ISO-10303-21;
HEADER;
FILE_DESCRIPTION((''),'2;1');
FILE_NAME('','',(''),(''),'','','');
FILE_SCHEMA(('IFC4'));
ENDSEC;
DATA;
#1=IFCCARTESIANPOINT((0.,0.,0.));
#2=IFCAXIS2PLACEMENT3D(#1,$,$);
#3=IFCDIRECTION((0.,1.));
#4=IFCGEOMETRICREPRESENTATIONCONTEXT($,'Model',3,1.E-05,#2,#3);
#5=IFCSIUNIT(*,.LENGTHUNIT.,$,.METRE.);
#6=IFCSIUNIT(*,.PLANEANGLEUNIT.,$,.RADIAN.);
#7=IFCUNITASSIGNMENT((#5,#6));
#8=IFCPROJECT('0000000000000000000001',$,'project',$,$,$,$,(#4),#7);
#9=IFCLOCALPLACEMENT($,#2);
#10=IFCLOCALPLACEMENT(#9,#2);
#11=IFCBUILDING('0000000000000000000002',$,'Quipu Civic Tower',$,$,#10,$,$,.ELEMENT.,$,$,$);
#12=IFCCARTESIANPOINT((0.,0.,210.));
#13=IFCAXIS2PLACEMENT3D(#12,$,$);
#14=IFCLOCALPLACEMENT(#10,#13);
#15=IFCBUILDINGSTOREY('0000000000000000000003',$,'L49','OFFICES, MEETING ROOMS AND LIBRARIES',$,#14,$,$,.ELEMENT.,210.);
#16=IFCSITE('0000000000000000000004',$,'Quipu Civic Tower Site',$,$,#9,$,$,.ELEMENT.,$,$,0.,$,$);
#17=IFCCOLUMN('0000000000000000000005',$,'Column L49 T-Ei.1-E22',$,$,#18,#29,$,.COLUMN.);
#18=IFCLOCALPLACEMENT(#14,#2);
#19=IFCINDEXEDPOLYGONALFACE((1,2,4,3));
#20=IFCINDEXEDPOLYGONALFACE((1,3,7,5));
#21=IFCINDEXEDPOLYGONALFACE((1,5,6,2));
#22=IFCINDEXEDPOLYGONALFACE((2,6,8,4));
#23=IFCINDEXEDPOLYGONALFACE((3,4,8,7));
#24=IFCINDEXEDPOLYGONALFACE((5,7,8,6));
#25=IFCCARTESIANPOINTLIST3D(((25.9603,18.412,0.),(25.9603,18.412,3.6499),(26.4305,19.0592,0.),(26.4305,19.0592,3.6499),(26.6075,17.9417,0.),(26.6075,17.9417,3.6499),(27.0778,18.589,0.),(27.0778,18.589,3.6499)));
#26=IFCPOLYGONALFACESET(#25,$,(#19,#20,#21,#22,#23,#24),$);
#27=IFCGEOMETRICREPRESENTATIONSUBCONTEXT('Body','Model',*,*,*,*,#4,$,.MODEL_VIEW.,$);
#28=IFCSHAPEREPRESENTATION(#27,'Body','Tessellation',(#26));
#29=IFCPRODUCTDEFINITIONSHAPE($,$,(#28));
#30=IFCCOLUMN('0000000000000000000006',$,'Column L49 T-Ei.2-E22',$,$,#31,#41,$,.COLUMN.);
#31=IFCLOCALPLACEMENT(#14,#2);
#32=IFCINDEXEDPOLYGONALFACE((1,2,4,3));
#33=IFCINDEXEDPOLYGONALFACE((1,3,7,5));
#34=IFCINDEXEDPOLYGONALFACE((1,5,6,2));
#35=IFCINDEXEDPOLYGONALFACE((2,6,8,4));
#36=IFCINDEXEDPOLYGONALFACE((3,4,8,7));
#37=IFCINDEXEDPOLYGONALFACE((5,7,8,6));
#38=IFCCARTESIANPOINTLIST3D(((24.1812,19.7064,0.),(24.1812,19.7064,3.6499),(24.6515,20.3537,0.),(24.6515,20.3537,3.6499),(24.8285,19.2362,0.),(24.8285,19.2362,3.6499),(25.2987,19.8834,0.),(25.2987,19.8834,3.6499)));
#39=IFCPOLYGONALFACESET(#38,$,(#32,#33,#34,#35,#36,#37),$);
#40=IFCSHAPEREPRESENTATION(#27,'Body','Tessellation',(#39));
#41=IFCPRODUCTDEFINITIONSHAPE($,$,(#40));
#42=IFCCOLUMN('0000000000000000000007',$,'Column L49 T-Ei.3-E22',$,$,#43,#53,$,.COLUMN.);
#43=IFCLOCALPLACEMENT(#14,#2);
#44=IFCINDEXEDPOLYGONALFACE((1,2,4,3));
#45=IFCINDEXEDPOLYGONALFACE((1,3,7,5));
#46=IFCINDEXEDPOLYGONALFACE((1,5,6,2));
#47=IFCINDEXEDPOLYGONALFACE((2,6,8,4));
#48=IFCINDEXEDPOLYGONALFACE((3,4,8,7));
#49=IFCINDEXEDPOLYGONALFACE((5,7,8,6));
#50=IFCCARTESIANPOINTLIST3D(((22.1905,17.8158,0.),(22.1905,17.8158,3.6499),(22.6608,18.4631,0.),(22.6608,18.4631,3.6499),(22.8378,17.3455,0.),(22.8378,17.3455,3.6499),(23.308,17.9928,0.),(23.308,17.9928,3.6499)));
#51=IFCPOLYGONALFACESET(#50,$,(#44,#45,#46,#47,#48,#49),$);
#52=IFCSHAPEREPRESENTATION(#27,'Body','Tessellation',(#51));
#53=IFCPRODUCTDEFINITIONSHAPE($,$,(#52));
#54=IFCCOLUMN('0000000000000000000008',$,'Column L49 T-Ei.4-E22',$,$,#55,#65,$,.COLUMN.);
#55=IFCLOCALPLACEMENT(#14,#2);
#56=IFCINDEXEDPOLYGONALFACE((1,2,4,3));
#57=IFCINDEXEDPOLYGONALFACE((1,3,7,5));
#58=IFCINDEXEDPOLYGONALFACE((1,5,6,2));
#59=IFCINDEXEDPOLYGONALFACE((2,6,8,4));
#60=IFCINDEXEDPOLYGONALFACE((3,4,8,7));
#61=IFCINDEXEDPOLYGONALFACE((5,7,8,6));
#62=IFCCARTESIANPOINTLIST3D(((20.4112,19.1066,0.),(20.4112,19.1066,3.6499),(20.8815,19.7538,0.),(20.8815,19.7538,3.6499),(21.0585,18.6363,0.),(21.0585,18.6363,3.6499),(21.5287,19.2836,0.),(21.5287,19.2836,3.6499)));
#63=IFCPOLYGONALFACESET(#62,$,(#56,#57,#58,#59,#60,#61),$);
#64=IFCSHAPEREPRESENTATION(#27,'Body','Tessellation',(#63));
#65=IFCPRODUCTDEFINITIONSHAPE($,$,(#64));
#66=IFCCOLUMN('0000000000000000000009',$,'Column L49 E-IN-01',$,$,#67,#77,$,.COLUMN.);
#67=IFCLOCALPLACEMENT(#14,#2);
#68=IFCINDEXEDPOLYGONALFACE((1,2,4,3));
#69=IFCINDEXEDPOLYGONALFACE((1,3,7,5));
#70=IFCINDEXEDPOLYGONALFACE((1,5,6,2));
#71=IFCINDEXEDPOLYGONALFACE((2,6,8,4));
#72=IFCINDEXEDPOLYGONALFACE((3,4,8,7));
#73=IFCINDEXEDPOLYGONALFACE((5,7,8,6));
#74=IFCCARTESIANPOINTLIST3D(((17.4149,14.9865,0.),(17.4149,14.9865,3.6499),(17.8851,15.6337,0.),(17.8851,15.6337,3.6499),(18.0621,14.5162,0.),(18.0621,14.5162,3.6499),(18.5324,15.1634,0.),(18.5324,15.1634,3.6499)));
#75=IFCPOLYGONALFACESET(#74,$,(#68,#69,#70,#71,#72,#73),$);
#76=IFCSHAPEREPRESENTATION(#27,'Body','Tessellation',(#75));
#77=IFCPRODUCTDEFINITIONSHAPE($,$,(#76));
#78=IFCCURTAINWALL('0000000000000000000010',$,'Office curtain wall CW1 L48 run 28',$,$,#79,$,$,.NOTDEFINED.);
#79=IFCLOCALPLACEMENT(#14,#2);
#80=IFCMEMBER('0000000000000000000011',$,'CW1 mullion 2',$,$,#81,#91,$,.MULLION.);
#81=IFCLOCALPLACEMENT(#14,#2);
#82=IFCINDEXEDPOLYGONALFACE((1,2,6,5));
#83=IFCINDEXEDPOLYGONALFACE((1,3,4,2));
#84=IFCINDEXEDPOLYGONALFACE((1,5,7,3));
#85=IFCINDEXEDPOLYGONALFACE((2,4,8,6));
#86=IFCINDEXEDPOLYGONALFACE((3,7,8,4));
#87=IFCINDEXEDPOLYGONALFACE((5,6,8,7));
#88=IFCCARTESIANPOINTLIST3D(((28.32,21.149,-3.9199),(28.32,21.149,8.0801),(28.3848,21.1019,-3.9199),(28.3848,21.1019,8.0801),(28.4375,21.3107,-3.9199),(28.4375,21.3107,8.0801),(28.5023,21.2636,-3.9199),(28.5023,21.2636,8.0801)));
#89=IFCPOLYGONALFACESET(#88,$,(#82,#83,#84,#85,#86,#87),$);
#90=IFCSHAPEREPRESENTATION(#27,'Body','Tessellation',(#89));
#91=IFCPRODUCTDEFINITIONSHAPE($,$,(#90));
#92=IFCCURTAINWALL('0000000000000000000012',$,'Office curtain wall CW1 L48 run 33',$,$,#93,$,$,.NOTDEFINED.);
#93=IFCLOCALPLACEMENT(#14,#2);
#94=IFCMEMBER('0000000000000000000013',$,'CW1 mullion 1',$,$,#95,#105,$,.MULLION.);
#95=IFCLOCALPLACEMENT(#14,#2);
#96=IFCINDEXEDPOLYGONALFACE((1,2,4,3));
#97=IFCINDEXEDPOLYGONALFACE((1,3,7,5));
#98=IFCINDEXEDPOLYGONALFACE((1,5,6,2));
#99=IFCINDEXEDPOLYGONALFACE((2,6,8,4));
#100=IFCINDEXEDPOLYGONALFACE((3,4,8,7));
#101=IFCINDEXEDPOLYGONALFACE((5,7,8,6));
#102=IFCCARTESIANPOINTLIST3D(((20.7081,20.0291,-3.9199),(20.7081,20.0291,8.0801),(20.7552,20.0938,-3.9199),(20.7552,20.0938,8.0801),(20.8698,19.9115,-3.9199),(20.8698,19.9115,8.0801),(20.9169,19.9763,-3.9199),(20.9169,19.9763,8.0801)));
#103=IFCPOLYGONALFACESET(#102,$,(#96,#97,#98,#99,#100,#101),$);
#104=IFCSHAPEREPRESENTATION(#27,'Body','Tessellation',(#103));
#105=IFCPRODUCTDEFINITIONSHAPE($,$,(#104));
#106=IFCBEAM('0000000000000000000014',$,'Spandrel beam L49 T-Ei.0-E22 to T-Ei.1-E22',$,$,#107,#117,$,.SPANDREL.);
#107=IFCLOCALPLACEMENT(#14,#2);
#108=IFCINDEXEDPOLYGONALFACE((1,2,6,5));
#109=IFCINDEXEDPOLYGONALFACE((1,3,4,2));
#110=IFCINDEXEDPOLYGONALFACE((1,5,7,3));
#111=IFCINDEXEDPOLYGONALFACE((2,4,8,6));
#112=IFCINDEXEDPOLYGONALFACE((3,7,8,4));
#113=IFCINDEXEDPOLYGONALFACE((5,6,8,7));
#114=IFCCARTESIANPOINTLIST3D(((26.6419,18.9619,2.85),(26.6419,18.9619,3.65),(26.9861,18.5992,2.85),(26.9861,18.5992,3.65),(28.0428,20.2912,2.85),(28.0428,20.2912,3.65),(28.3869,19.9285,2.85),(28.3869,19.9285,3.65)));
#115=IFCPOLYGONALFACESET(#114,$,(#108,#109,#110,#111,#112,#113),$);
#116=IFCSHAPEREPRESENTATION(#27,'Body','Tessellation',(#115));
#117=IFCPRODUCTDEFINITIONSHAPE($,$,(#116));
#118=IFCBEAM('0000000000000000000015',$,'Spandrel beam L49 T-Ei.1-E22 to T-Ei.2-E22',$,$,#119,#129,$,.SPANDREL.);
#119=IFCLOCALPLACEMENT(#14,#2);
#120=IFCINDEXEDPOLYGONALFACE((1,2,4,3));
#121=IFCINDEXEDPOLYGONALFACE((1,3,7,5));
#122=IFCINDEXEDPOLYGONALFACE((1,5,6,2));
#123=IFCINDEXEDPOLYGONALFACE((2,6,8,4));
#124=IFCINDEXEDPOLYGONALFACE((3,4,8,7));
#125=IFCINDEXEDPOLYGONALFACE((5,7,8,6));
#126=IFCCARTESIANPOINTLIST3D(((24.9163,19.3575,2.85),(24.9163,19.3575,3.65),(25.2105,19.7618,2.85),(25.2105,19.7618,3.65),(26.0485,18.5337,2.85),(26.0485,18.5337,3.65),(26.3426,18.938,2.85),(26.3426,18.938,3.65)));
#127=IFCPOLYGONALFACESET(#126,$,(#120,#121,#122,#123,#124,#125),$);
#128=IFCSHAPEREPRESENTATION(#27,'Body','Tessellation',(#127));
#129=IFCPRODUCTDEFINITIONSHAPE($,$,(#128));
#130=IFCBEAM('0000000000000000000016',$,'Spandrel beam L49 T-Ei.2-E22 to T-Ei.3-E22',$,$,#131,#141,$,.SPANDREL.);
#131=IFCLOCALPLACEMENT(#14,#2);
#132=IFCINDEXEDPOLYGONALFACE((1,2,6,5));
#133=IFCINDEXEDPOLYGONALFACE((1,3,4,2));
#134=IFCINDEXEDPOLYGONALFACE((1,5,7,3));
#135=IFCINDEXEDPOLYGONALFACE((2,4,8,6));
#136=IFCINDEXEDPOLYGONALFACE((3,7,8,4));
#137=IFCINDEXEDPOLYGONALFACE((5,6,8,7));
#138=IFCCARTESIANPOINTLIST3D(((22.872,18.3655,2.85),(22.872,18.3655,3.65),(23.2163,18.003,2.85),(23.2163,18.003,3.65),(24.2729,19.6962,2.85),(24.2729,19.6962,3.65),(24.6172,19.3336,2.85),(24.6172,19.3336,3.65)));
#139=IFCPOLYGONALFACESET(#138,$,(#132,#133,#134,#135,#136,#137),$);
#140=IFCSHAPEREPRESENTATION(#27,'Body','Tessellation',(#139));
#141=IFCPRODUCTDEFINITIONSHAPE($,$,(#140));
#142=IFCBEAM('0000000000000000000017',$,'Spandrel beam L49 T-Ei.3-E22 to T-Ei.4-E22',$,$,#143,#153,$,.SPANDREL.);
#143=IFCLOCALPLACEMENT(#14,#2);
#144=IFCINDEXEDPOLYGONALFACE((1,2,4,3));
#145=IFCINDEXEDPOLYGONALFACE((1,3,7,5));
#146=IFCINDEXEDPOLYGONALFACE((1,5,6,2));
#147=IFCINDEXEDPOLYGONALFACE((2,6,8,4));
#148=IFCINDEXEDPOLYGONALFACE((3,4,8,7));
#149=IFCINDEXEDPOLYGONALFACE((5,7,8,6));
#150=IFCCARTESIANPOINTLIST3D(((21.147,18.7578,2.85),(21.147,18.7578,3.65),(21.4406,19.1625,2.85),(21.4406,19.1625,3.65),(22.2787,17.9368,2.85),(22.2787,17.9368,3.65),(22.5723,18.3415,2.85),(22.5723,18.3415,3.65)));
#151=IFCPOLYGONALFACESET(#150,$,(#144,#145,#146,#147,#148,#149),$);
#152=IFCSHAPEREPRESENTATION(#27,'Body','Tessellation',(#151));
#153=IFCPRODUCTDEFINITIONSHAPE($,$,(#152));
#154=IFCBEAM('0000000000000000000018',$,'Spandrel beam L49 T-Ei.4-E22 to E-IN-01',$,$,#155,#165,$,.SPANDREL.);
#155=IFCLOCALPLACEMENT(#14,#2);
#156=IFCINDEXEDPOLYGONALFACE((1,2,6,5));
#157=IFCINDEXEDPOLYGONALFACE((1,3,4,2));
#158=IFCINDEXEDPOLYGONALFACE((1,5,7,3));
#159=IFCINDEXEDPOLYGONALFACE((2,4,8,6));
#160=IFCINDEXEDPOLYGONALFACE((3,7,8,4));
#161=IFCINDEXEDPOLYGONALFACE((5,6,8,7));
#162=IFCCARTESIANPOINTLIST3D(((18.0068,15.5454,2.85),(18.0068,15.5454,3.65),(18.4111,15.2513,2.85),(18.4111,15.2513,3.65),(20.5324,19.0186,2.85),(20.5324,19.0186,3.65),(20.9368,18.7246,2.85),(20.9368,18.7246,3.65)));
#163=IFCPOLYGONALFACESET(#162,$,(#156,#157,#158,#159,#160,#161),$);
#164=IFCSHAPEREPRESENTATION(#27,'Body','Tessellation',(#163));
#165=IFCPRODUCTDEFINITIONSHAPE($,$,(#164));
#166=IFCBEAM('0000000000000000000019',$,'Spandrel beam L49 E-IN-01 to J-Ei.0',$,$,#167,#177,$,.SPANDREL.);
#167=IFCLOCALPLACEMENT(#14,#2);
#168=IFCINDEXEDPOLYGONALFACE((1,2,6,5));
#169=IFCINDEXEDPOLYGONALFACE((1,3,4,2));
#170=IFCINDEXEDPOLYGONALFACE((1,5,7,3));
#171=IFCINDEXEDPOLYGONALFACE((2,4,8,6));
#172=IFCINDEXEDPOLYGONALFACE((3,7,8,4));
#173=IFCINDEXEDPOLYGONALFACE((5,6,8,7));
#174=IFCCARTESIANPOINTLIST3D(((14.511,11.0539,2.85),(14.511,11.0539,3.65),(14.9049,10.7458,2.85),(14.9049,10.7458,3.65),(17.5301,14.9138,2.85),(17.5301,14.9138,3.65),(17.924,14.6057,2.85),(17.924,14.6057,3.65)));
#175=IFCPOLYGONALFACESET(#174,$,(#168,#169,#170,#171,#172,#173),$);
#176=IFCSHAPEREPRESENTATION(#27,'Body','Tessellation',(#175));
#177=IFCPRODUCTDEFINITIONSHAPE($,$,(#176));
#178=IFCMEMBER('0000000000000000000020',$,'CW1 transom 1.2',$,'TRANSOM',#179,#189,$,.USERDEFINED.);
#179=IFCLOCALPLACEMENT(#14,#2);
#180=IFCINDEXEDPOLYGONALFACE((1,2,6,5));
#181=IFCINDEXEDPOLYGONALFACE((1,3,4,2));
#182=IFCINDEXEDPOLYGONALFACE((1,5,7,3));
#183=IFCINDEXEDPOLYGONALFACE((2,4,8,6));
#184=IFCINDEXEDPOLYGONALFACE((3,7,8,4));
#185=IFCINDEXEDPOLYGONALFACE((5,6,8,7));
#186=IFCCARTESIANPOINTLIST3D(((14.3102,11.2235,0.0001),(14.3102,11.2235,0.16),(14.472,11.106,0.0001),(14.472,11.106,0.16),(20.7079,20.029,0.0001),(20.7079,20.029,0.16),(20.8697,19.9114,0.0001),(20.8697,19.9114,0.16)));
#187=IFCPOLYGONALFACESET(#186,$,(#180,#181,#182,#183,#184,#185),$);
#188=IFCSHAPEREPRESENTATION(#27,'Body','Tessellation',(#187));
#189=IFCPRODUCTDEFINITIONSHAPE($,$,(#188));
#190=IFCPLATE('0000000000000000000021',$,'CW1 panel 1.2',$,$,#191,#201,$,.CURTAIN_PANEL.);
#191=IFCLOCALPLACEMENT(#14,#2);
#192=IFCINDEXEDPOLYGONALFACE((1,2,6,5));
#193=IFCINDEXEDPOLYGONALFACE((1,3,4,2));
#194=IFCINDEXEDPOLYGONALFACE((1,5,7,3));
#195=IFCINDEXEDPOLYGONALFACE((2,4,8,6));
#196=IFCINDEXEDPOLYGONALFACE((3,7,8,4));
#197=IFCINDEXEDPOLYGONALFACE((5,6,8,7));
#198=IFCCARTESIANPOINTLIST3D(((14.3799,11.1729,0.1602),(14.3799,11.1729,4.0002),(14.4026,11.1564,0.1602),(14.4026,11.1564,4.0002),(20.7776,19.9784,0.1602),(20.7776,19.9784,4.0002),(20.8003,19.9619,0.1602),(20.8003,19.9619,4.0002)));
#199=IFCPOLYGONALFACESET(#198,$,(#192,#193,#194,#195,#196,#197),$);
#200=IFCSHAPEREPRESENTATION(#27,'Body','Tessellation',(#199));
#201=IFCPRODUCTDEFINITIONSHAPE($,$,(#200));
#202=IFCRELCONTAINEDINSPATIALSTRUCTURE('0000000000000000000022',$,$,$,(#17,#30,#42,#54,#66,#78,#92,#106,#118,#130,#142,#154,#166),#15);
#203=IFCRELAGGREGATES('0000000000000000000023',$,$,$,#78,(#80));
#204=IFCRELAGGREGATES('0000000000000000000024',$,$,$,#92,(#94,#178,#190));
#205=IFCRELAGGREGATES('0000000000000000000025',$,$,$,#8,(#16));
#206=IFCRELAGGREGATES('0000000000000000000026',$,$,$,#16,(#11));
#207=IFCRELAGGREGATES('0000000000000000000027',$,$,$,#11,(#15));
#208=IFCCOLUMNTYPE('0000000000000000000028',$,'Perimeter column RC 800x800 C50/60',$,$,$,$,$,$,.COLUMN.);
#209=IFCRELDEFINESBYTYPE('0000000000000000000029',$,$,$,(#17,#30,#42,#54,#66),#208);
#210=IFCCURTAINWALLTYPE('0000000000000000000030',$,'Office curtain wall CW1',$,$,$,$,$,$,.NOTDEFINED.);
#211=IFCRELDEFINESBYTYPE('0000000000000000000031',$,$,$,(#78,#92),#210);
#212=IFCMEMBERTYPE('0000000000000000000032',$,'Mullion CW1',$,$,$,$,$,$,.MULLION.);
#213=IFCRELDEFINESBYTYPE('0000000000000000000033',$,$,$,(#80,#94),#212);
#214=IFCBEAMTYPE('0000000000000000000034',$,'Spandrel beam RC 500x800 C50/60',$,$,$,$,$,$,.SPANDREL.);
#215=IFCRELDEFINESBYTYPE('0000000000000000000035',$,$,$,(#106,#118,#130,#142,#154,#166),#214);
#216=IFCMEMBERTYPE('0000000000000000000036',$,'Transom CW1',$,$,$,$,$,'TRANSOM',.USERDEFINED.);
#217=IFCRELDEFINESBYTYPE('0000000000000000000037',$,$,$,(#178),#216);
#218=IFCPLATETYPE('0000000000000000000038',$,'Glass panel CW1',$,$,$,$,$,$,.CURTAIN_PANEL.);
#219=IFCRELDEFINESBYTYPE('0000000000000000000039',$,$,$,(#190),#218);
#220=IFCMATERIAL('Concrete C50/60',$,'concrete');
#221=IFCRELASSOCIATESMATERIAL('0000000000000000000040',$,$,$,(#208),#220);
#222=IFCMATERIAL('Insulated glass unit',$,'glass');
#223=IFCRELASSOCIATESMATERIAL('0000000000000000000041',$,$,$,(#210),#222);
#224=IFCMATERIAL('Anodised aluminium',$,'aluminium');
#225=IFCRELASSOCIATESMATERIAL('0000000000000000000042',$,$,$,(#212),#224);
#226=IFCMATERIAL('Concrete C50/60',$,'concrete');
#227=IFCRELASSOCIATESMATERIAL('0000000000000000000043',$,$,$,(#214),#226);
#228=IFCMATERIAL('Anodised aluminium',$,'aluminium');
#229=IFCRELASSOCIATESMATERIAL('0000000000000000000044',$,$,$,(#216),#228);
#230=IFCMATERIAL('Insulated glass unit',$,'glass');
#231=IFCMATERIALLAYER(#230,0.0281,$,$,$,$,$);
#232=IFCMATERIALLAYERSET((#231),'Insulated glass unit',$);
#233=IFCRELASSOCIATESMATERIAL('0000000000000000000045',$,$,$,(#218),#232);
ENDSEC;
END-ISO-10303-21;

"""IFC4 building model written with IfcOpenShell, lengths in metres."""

from ifc_helpers import new_model, si_unit, direction, frame, origin, origin_2d, place, context, subcontext, project, spatial, rectangle, extrude, material, layer, layer_set, material_profile, profile_set, type_object, element, aggregate, save


model = new_model("IFC4")

# Units and contexts
model_context = context("Model", 3, precision=1e-05, world=origin(), true_north=direction((0.0, 1.0)))
body_context = subcontext(model_context, "Body", "Model", "MODEL_VIEW")
ifc_project = project(units=[si_unit("LENGTHUNIT", "METRE"), si_unit("PLANEANGLEUNIT", "RADIAN")], contexts=[model_context])

# Site, building, storey
site_placement = place(None, origin())
site = spatial("IfcSite", under=ifc_project, at=site_placement, Name="Quipu Civic Tower Site", CompositionType="ELEMENT", RefElevation=0.0)
building_placement = place(site_placement, origin())
building = spatial("IfcBuilding", under=site, at=building_placement, Name="Quipu Civic Tower", CompositionType="ELEMENT")
storey_placement = place(building_placement, frame((0.0, 0.0, 210.0)))
storey = spatial("IfcBuildingStorey", under=building, at=storey_placement, Name="L49", Description="OFFICES, MEETING ROOMS AND LIBRARIES", CompositionType="ELEMENT", Elevation=210.0)

# Columns
ifc_material_1 = material(Name="Concrete C50/60", Category="concrete")
ifc_material_profile_1 = material_profile(ifc_material_1, rectangle(XDim=0.8, YDim=0.8, at=origin_2d()), Name="RC800x800")
ifc_profile_set_1 = profile_set([ifc_material_profile_1], Name="Concrete C50/60")
column_type = type_object("IfcColumnType", Name="Perimeter column RC 800x800 C50/60", PredefinedType="COLUMN", material=ifc_profile_set_1)
for number, where, z_axis, x_axis, name in (
    (1, (26.519, 18.5005, 0.0), (0.0, 0.0, 1.0), (-0.809017, 0.587785, 0.0), "Column L49 T-Ei.1-E22"),
    (2, (24.74, 19.7949, 0.0), (0.0, 0.0, 1.0), (-0.587785, -0.809017, 0.0), "Column L49 T-Ei.2-E22"),
    (3, (22.7493, 17.9043, 0.0), (0.0, 0.0, 1.0), (-0.587785, -0.809017, 0.0), "Column L49 T-Ei.3-E22"),
    (4, (20.97, 19.1951, 0.0), (0.0, 0.0, 1.0), (-0.587785, -0.809017, 0.0), "Column L49 T-Ei.4-E22"),
    (5, (17.9736, 15.075, 0.0), (0.0, 0.0, 1.0), (-0.587785, -0.809017, 0.0), "Column L49 E-IN-01"),
):
    element("IfcColumn", number, at=place(storey_placement, frame(where, z_axis=z_axis, x_axis=x_axis)), inside=storey, type_object=column_type, Name=name, PredefinedType="COLUMN", context=body_context, shape_type="SweptSolid", body=[
        extrude(rectangle(XDim=0.8, YDim=0.8, at=origin_2d()), origin(), (0.0, 0.0, 1.0), 3.6499),
    ])

# Curtain walls, members
ifc_material_2 = material(Name="Insulated glass unit", Category="glass")
curtain_wall_type = type_object("IfcCurtainWallType", Name="Office curtain wall CW1", PredefinedType="NOTDEFINED", material=ifc_material_2)
curtain_wall_1_placement = place(storey_placement, origin())
curtain_wall_1 = element("IfcCurtainWall", 6, at=curtain_wall_1_placement, inside=storey, type_object=curtain_wall_type, Name="Office curtain wall CW1 L48 run 28", PredefinedType="NOTDEFINED")
ifc_material_3 = material(Name="Anodised aluminium", Category="aluminium")
ifc_material_profile_2 = material_profile(ifc_material_3, rectangle(XDim=0.2, YDim=0.0801, at=origin_2d()), Name="RECT 200x80")
ifc_profile_set_2 = profile_set([ifc_material_profile_2], Name="Anodised aluminium")
member_type_1 = type_object("IfcMemberType", Name="Mullion CW1", PredefinedType="MULLION", material=ifc_profile_set_2)
member_1_placement = place(storey_placement, frame((28.4111, 21.2063, -3.9199), z_axis=(0.0, 0.0, 1.0), x_axis=(-0.587788, -0.809015, 0.0)))
member_1 = element("IfcMember", 7, at=member_1_placement, type_object=member_type_1, Name="CW1 mullion 2", PredefinedType="MULLION", context=body_context, shape_type="SweptSolid", body=[
    extrude(rectangle(XDim=0.2, YDim=0.0801, at=origin_2d()), origin(), (0.0, 0.0, 1.0), 12.0),
])
aggregate(curtain_wall_1, [member_1])
curtain_wall_2_placement = place(storey_placement, origin())
curtain_wall_2 = element("IfcCurtainWall", 8, at=curtain_wall_2_placement, inside=storey, type_object=curtain_wall_type, Name="Office curtain wall CW1 L48 run 33", PredefinedType="NOTDEFINED")
member_2_placement = place(storey_placement, frame((20.8125, 20.0027, -3.9199), z_axis=(0.0, 0.0, 1.0), x_axis=(0.809015, -0.587788, 0.0)))
member_2 = element("IfcMember", 9, at=member_2_placement, type_object=member_type_1, Name="CW1 mullion 1", PredefinedType="MULLION", context=body_context, shape_type="SweptSolid", body=[
    extrude(rectangle(XDim=0.2, YDim=0.0801, at=origin_2d()), origin(), (0.0, 0.0, 1.0), 12.0),
])

# Beams
ifc_material_4 = material(Name="Concrete C50/60", Category="concrete")
ifc_material_profile_3 = material_profile(ifc_material_4, rectangle(XDim=0.5, YDim=0.8, at=origin_2d()), Name="RC500x800")
ifc_profile_set_3 = profile_set([ifc_material_profile_3], Name="Concrete C50/60")
beam_type = type_object("IfcBeamType", Name="Spandrel beam RC 500x800 C50/60", PredefinedType="SPANDREL", material=ifc_profile_set_3)
beam_1_placement = place(storey_placement, frame((28.2148, 20.1099, 3.25), z_axis=(-0.725384, -0.688344, 0.0), x_axis=(0.688344, -0.725384, 0.0)))
element("IfcBeam", 10, at=beam_1_placement, inside=storey, type_object=beam_type, Name="Spandrel beam L49 T-Ei.0-E22 to T-Ei.1-E22", PredefinedType="SPANDREL", context=body_context, shape_type="SweptSolid", body=[
    extrude(rectangle(XDim=0.5, YDim=0.8, at=origin_2d()), origin(), (0.0, 0.0, 1.0), 1.9312),
])
beam_2_placement = place(storey_placement, frame((26.1956, 18.7358, 3.25), z_axis=(-0.8086, 0.588358, 0.0), x_axis=(-0.588358, -0.8086, 0.0)))
element("IfcBeam", 11, at=beam_2_placement, inside=storey, type_object=beam_type, Name="Spandrel beam L49 T-Ei.1-E22 to T-Ei.2-E22", PredefinedType="SPANDREL", context=body_context, shape_type="SweptSolid", body=[
    extrude(rectangle(XDim=0.5, YDim=0.8, at=origin_2d()), origin(), (0.0, 0.0, 1.0), 1.4001),
])
beam_3_placement = place(storey_placement, frame((24.4451, 19.5149, 3.25), z_axis=(-0.725069, -0.688676, 0.0), x_axis=(0.688676, -0.725069, 0.0)))
element("IfcBeam", 12, at=beam_3_placement, inside=storey, type_object=beam_type, Name="Spandrel beam L49 T-Ei.2-E22 to T-Ei.3-E22", PredefinedType="SPANDREL", context=body_context, shape_type="SweptSolid", body=[
    extrude(rectangle(XDim=0.5, YDim=0.8, at=origin_2d()), origin(), (0.0, 0.0, 1.0), 1.9321),
])
beam_4_placement = place(storey_placement, frame((22.4255, 18.1392, 3.25), z_axis=(-0.809453, 0.587185, 0.0), x_axis=(-0.587185, -0.809453, 0.0)))
element("IfcBeam", 13, at=beam_4_placement, inside=storey, type_object=beam_type, Name="Spandrel beam L49 T-Ei.3-E22 to T-Ei.4-E22", PredefinedType="SPANDREL", context=body_context, shape_type="SweptSolid", body=[
    extrude(rectangle(XDim=0.5, YDim=0.8, at=origin_2d()), origin(), (0.0, 0.0, 1.0), 1.3982),
])
beam_5_placement = place(storey_placement, frame((20.7346, 18.8716, 3.25), z_axis=(-0.588128, -0.808768, 0.0), x_axis=(0.808768, -0.588128, 0.0)))
element("IfcBeam", 14, at=beam_5_placement, inside=storey, type_object=beam_type, Name="Spandrel beam L49 T-Ei.4-E22 to E-IN-01", PredefinedType="SPANDREL", context=body_context, shape_type="SweptSolid", body=[
    extrude(rectangle(XDim=0.5, YDim=0.8, at=origin_2d()), origin(), (0.0, 0.0, 1.0), 4.2944),
])
beam_6_placement = place(storey_placement, frame((17.7271, 14.7598, 3.25), z_axis=(-0.616091, -0.787675, 0.0), x_axis=(0.787675, -0.616091, 0.0)))
element("IfcBeam", 15, at=beam_6_placement, inside=storey, type_object=beam_type, Name="Spandrel beam L49 E-IN-01 to J-Ei.0", PredefinedType="SPANDREL", context=body_context, shape_type="SweptSolid", body=[
    extrude(rectangle(XDim=0.5, YDim=0.8, at=origin_2d()), origin(), (0.0, 0.0, 1.0), 4.9004),
])

# Member
ifc_material_5 = material(Name="Anodised aluminium", Category="aluminium")
ifc_material_profile_4 = material_profile(ifc_material_5, rectangle(XDim=0.2, YDim=0.1599, at=origin_2d()), Name="RECT 200x160")
ifc_profile_set_4 = profile_set([ifc_material_profile_4], Name="Anodised aluminium")
member_type_2 = type_object("IfcMemberType", Name="Transom CW1", ElementType="TRANSOM", PredefinedType="USERDEFINED", material=ifc_profile_set_4)
member_3_placement = place(storey_placement, frame((20.7888, 19.9702, 0.0801), z_axis=(-0.587797, -0.809009, 0.0), x_axis=(0.809009, -0.587797, 0.0)))
member_3 = element("IfcMember", 16, at=member_3_placement, type_object=member_type_2, Name="CW1 transom 1.2", ObjectType="TRANSOM", PredefinedType="USERDEFINED", context=body_context, shape_type="SweptSolid", body=[
    extrude(rectangle(XDim=0.2, YDim=0.1599, at=origin_2d()), origin(), (0.0, 0.0, 1.0), 10.8843),
])

# Plate
ifc_material_6 = material(Name="Insulated glass unit", Category="glass")
ifc_layer_1 = layer(ifc_material_6, 0.0281)
ifc_layer_set_1 = layer_set([ifc_layer_1], Name="Insulated glass unit")
plate_type_1 = type_object("IfcPlateType", Name="Glass panel CW1", PredefinedType="CURTAIN_PANEL", material=ifc_layer_set_1)
plate_placement = place(storey_placement, frame((17.5901, 15.5674, 0.1602), z_axis=(0.0, 0.0, 1.0), x_axis=(-0.587788, -0.809015, 0.0)))
plate = element("IfcPlate", 17, at=plate_placement, type_object=plate_type_1, Name="CW1 panel 1.2", PredefinedType="CURTAIN_PANEL", context=body_context, shape_type="SweptSolid", body=[
    extrude(rectangle(XDim=10.8843, YDim=0.0281, at=origin_2d()), origin(), (0.0, 0.0, 1.0), 3.8401),
])
aggregate(curtain_wall_2, [member_2, member_3, plate])

save(model, "model.ifc")
